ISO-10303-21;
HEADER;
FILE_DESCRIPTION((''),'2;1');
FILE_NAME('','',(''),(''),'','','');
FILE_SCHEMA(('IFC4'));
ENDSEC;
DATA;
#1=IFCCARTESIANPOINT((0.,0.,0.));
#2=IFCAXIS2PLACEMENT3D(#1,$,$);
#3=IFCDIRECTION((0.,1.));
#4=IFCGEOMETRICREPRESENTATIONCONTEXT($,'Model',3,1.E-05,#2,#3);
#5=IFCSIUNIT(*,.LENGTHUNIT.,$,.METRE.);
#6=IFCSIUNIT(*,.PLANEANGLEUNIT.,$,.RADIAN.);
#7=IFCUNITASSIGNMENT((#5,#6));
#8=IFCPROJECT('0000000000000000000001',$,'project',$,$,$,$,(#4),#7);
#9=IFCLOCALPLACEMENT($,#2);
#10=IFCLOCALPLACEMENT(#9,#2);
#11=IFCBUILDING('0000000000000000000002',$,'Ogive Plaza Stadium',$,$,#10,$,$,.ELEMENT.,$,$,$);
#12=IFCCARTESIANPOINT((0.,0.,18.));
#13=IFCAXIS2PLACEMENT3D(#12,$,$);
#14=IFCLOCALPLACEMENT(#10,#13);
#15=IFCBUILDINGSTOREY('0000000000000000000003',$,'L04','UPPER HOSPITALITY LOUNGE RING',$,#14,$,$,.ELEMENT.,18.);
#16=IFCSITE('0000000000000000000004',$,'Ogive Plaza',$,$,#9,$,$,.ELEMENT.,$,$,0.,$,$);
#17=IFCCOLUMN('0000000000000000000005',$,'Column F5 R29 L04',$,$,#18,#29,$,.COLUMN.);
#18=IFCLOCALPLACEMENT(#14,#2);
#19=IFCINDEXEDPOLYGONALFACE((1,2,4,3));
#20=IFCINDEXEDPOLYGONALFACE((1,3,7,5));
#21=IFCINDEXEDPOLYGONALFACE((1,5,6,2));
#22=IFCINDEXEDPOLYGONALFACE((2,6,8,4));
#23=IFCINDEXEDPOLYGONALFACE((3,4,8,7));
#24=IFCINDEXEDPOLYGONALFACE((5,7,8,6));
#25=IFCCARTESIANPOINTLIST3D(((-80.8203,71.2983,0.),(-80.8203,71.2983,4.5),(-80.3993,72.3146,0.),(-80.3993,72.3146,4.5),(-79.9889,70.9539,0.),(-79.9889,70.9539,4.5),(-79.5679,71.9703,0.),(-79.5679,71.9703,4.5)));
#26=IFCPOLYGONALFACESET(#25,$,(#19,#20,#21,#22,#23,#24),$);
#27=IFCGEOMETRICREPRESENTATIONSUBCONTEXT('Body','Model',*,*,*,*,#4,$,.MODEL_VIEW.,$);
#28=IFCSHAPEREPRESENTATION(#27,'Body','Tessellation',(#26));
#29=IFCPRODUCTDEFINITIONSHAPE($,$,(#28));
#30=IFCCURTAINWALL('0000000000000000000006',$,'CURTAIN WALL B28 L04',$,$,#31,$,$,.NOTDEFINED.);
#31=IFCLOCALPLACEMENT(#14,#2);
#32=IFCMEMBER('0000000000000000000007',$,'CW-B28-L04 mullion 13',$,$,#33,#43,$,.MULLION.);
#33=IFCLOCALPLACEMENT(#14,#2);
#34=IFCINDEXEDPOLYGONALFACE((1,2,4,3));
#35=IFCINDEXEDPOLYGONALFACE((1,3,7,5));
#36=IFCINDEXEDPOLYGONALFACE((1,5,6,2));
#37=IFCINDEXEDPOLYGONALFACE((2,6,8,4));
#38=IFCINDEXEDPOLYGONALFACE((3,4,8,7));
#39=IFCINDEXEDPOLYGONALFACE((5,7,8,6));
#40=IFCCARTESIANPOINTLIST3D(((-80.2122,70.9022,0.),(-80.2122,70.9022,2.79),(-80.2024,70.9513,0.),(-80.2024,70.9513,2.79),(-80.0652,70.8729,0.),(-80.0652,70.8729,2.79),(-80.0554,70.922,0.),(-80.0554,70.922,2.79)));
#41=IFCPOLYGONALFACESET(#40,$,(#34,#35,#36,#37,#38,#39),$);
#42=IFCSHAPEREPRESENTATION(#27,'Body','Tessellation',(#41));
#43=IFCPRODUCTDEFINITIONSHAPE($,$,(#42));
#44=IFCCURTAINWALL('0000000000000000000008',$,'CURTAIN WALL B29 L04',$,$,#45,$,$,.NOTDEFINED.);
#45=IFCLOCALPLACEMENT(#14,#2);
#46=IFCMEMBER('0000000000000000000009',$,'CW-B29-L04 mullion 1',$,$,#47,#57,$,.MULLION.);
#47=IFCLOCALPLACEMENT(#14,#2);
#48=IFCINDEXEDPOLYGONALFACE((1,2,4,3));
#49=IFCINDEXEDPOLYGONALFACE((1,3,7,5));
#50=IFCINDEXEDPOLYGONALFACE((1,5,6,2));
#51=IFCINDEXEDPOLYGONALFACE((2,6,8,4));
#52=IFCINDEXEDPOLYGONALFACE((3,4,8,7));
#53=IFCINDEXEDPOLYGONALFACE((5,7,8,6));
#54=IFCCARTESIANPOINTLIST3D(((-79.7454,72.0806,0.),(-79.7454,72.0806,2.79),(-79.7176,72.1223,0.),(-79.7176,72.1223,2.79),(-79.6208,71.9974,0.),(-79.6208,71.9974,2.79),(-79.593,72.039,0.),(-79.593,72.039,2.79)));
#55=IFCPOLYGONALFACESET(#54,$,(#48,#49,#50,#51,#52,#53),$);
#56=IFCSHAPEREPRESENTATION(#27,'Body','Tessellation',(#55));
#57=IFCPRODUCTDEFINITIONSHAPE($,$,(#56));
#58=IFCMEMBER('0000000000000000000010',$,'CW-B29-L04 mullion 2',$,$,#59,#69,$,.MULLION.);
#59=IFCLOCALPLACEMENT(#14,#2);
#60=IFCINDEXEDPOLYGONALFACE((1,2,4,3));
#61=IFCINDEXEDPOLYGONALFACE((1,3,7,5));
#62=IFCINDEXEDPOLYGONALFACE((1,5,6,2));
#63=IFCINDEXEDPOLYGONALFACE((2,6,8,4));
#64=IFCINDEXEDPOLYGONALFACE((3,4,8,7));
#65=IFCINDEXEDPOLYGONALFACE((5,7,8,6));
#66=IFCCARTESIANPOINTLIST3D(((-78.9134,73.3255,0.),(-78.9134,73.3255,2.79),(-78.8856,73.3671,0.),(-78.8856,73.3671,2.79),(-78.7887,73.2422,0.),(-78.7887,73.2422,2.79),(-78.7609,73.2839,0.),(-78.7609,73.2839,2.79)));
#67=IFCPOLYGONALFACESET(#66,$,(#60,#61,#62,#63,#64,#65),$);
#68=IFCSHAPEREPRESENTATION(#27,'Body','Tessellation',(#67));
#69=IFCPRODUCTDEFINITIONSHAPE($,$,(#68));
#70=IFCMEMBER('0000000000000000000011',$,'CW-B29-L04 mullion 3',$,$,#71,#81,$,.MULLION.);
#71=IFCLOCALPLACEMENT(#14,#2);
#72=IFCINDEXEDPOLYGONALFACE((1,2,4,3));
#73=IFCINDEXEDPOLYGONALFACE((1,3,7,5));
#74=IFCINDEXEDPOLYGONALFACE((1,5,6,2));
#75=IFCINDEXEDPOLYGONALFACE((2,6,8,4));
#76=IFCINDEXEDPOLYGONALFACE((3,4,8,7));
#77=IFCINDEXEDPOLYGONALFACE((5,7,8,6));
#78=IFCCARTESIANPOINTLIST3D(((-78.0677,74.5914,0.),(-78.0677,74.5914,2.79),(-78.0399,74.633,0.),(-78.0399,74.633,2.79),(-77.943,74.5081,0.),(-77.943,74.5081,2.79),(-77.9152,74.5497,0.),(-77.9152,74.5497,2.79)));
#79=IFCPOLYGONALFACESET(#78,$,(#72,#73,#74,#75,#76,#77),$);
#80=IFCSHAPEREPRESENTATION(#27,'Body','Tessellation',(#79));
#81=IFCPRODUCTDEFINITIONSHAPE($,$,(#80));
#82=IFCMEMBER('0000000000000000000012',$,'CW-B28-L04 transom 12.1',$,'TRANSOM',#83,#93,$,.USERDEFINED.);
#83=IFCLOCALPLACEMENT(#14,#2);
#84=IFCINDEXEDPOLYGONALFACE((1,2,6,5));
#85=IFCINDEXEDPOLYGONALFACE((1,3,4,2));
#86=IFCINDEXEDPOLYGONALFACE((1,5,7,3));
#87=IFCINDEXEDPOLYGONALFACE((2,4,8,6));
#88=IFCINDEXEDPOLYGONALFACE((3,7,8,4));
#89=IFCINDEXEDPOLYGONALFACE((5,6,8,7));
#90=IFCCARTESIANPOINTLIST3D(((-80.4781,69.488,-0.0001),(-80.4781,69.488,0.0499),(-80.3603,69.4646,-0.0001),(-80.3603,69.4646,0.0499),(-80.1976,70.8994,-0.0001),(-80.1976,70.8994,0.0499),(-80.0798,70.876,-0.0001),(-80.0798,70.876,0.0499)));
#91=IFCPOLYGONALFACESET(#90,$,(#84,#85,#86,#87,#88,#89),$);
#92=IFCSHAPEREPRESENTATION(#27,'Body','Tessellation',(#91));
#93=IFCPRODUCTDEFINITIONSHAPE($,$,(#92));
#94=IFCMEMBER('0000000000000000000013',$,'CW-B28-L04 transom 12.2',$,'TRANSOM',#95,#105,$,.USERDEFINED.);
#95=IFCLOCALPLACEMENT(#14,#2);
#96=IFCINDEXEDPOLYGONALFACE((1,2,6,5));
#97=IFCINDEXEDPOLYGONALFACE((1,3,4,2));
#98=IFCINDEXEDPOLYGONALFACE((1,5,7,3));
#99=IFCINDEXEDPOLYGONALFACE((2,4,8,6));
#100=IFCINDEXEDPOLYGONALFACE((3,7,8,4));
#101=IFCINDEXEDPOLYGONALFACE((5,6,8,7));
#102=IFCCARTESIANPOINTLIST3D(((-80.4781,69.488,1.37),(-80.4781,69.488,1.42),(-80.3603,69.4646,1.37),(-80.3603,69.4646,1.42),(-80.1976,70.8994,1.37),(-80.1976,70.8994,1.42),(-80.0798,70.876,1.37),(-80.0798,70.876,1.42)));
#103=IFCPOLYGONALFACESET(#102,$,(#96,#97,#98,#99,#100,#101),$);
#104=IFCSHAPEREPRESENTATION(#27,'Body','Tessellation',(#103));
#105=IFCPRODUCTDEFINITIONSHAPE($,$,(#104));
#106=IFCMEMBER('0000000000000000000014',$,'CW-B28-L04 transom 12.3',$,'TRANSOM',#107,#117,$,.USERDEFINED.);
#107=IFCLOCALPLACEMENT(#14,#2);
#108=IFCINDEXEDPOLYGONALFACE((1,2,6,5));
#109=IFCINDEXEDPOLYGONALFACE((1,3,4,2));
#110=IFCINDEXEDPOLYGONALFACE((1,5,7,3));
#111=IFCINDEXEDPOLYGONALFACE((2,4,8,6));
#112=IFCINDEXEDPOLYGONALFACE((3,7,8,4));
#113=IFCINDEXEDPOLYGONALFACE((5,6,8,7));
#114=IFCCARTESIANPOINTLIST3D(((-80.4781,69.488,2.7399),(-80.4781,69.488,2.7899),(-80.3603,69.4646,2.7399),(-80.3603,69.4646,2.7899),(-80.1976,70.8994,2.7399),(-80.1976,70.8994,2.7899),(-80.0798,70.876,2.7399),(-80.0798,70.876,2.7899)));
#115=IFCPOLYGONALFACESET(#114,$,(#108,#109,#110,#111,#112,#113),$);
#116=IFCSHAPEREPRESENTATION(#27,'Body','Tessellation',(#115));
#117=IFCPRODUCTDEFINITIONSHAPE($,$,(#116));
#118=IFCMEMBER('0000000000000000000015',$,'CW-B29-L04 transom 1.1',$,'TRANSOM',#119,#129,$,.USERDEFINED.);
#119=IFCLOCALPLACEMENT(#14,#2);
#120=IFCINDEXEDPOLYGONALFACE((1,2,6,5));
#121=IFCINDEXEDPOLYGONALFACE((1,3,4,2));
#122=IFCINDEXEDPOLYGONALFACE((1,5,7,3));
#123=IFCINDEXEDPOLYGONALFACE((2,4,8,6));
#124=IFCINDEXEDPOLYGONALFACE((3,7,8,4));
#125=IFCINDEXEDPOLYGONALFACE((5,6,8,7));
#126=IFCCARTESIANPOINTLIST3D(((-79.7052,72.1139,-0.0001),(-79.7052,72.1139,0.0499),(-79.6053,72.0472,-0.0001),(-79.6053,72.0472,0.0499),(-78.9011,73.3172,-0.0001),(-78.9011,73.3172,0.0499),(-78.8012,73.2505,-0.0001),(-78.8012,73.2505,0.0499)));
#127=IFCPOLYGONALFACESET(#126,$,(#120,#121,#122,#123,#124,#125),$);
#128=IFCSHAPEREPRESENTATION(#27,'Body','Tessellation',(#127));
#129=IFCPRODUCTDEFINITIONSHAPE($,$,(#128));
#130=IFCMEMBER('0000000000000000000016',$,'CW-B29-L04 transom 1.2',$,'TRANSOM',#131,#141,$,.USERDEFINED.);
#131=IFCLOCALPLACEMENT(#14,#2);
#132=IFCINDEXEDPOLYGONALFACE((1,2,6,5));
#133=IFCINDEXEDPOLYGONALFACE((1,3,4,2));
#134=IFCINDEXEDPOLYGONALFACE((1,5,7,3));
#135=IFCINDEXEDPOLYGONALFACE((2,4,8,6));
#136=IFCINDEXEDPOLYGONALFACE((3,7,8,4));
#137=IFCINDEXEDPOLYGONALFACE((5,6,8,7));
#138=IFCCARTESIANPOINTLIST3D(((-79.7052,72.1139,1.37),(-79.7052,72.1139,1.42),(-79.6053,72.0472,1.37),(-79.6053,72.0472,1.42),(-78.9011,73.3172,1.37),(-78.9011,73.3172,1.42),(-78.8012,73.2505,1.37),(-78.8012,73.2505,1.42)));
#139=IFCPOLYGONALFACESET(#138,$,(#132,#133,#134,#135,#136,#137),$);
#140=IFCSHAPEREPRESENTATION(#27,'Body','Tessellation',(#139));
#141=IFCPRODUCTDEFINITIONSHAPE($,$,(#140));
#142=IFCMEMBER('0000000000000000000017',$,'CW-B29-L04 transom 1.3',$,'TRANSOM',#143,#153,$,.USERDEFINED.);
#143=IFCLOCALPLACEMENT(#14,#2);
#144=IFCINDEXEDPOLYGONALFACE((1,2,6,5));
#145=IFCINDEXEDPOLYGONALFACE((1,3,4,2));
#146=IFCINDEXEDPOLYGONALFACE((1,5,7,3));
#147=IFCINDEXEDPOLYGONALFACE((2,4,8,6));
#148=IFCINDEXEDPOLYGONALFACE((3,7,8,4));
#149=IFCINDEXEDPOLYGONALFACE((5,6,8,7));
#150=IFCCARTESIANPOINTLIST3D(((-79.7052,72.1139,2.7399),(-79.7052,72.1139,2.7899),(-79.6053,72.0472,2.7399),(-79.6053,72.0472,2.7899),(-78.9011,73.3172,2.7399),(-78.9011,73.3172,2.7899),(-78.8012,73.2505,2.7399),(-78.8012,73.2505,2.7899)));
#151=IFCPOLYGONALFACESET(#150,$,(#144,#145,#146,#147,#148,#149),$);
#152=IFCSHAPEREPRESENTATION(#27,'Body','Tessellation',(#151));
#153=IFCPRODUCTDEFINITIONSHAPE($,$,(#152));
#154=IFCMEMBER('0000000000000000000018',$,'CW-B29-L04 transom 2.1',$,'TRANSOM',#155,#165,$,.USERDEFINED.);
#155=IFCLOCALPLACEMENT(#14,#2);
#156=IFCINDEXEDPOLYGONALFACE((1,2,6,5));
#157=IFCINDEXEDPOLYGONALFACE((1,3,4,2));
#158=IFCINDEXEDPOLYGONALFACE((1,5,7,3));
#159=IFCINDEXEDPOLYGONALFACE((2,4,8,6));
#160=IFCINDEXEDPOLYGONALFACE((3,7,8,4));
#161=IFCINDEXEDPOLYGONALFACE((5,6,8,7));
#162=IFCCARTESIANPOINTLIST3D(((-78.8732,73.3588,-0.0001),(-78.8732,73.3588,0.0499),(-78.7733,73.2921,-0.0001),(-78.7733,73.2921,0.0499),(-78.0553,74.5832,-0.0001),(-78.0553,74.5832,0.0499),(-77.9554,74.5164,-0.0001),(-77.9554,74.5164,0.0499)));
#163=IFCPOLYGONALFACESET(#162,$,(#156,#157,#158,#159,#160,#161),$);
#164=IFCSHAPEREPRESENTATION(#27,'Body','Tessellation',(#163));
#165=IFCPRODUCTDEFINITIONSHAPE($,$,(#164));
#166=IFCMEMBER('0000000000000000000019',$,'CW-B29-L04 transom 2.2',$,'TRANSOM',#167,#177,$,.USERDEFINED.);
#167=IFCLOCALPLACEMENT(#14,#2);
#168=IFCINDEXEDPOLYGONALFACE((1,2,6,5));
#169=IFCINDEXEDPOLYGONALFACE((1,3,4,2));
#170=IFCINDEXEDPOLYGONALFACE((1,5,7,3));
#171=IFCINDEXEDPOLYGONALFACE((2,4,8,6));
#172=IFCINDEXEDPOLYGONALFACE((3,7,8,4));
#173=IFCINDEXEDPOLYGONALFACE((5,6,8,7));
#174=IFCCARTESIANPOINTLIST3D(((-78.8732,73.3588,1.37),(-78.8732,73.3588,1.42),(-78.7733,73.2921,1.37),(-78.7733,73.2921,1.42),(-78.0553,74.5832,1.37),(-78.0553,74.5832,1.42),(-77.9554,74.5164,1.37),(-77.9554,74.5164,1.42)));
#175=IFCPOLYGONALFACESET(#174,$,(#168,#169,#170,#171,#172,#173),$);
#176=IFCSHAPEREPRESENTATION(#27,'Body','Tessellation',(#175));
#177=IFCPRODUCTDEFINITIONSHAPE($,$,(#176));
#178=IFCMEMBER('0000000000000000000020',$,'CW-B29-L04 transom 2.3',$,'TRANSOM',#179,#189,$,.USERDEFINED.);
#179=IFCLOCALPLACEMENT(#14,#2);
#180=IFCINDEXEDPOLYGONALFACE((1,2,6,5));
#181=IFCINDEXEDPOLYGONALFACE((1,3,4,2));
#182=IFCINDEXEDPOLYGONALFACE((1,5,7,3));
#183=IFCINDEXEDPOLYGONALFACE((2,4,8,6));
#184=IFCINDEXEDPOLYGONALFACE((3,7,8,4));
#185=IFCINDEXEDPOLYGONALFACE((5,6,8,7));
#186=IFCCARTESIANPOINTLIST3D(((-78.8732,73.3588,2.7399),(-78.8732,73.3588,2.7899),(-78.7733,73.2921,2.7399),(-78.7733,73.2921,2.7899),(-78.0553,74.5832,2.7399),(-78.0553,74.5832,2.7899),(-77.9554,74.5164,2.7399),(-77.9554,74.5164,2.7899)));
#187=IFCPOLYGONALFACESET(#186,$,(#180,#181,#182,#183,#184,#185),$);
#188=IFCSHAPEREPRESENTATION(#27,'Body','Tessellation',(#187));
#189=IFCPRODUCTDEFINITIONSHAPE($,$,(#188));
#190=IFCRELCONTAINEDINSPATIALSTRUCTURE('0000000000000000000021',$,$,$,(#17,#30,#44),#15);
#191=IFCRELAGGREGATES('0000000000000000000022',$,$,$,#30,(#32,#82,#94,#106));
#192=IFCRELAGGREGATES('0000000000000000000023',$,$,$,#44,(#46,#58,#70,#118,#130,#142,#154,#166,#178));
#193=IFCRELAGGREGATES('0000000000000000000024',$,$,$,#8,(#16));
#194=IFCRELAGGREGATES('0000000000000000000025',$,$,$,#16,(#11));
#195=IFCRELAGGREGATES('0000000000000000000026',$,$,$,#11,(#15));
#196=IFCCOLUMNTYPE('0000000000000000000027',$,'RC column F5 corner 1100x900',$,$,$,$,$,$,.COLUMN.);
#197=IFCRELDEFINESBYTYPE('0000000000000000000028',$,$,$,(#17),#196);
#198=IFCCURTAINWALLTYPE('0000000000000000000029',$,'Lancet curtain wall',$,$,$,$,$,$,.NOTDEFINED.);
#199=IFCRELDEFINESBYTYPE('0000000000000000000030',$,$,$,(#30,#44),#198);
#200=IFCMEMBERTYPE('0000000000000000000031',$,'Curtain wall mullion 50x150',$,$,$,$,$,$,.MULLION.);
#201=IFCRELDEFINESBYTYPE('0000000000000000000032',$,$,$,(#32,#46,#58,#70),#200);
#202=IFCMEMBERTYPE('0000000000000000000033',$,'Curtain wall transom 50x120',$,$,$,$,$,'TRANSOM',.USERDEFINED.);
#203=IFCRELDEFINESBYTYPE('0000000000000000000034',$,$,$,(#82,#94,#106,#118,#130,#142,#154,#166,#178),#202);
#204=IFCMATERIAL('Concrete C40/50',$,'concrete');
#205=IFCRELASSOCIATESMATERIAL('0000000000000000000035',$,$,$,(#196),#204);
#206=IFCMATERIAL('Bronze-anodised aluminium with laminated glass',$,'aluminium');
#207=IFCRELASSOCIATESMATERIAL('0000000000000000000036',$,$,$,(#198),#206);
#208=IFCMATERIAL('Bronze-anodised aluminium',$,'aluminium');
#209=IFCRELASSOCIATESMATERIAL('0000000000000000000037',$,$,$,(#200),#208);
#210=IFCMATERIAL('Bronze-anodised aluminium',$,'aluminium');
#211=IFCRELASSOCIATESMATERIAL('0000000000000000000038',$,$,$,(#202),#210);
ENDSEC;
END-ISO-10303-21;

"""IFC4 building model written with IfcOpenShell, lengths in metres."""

from ifc_helpers import new_model, si_unit, direction, frame, origin, origin_2d, place, context, subcontext, project, spatial, rectangle, extrude, material, material_profile, profile_set, type_object, element, aggregate, save


model = new_model("IFC4")

# Units and contexts
model_context = context("Model", 3, precision=1e-05, world=origin(), true_north=direction((0.0, 1.0)))
body_context = subcontext(model_context, "Body", "Model", "MODEL_VIEW")
ifc_project = project(units=[si_unit("LENGTHUNIT", "METRE"), si_unit("PLANEANGLEUNIT", "RADIAN")], contexts=[model_context])

# Site, building, storey
site_placement = place(None, origin())
site = spatial("IfcSite", under=ifc_project, at=site_placement, Name="Ogive Plaza", CompositionType="ELEMENT", RefElevation=0.0)
building_placement = place(site_placement, origin())
building = spatial("IfcBuilding", under=site, at=building_placement, Name="Ogive Plaza Stadium", CompositionType="ELEMENT")
storey_placement = place(building_placement, frame((0.0, 0.0, 18.0)))
storey = spatial("IfcBuildingStorey", under=building, at=storey_placement, Name="L04", Description="UPPER HOSPITALITY LOUNGE RING", CompositionType="ELEMENT", Elevation=18.0)

# Column
ifc_material_1 = material(Name="Concrete C40/50", Category="concrete")
ifc_material_profile_1 = material_profile(ifc_material_1, rectangle(XDim=1.1001, YDim=0.8999, at=origin_2d()), Name="RC 1100x900")
ifc_profile_set_1 = profile_set([ifc_material_profile_1], Name="Concrete C40/50")
column_type = type_object("IfcColumnType", Name="RC column F5 corner 1100x900", PredefinedType="COLUMN", material=ifc_profile_set_1)
column_placement = place(storey_placement, frame((-80.1941, 71.6343, 0.0), z_axis=(0.0, 0.0, 1.0), x_axis=(-0.382683, -0.92388, 0.0)))
element("IfcColumn", 1, at=column_placement, inside=storey, type_object=column_type, Name="Column F5 R29 L04", PredefinedType="COLUMN", context=body_context, shape_type="SweptSolid", body=[
    extrude(rectangle(XDim=1.1001, YDim=0.8999, at=origin_2d()), origin(), (0.0, 0.0, 1.0), 4.5),
])

# Curtain wall, member
ifc_material_2 = material(Name="Bronze-anodised aluminium with laminated glass", Category="aluminium")
curtain_wall_type = type_object("IfcCurtainWallType", Name="Lancet curtain wall", PredefinedType="NOTDEFINED", material=ifc_material_2)
curtain_wall_1_placement = place(storey_placement, origin())
curtain_wall_1 = element("IfcCurtainWall", 2, at=curtain_wall_1_placement, inside=storey, type_object=curtain_wall_type, Name="CURTAIN WALL B28 L04", PredefinedType="NOTDEFINED")
ifc_material_3 = material(Name="Bronze-anodised aluminium", Category="aluminium")
ifc_material_profile_2 = material_profile(ifc_material_3, rectangle(XDim=0.1499, YDim=0.05, at=origin_2d()), Name="AL 150x50")
ifc_profile_set_2 = profile_set([ifc_material_profile_2], Name="Bronze-anodised aluminium")
member_type_1 = type_object("IfcMemberType", Name="Curtain wall mullion 50x150", PredefinedType="MULLION", material=ifc_profile_set_2)
member_1_placement = place(storey_placement, frame((-80.1338, 70.9121, 0.0), z_axis=(0.0, 0.0, 1.0), x_axis=(-0.980785, 0.19509, 0.0)))
member_1 = element("IfcMember", 3, at=member_1_placement, type_object=member_type_1, Name="CW-B28-L04 mullion 13", PredefinedType="MULLION", context=body_context, shape_type="SweptSolid", body=[
    extrude(rectangle(XDim=0.1499, YDim=0.05, at=origin_2d()), origin(), (0.0, 0.0, 1.0), 2.79),
])

# Curtain wall, members
curtain_wall_2_placement = place(storey_placement, origin())
curtain_wall_2 = element("IfcCurtainWall", 4, at=curtain_wall_2_placement, inside=storey, type_object=curtain_wall_type, Name="CURTAIN WALL B29 L04", PredefinedType="NOTDEFINED")
member_2_placement = place(storey_placement, frame((-79.6692, 72.0598, 0.0), z_axis=(0.0, 0.0, 1.0), x_axis=(-0.83147, 0.55557, 0.0)))
member_2 = element("IfcMember", 5, at=member_2_placement, type_object=member_type_1, Name="CW-B29-L04 mullion 1", PredefinedType="MULLION", context=body_context, shape_type="SweptSolid", body=[
    extrude(rectangle(XDim=0.1499, YDim=0.05, at=origin_2d()), origin(), (0.0, 0.0, 1.0), 2.79),
])
member_3_placement = place(storey_placement, frame((-78.8372, 73.3047, 0.0), z_axis=(0.0, 0.0, 1.0), x_axis=(-0.83147, 0.55557, 0.0)))
member_3 = element("IfcMember", 6, at=member_3_placement, type_object=member_type_1, Name="CW-B29-L04 mullion 2", PredefinedType="MULLION", context=body_context, shape_type="SweptSolid", body=[
    extrude(rectangle(XDim=0.1499, YDim=0.05, at=origin_2d()), origin(), (0.0, 0.0, 1.0), 2.79),
])
member_4_placement = place(storey_placement, frame((-77.9915, 74.5706, 0.0), z_axis=(0.0, 0.0, 1.0), x_axis=(-0.83147, 0.55557, 0.0)))
member_4 = element("IfcMember", 7, at=member_4_placement, type_object=member_type_1, Name="CW-B29-L04 mullion 3", PredefinedType="MULLION", context=body_context, shape_type="SweptSolid", body=[
    extrude(rectangle(XDim=0.1499, YDim=0.05, at=origin_2d()), origin(), (0.0, 0.0, 1.0), 2.79),
])

# Members
ifc_material_4 = material(Name="Bronze-anodised aluminium", Category="aluminium")
ifc_material_profile_3 = material_profile(ifc_material_4, rectangle(XDim=0.1201, YDim=0.05, at=origin_2d()), Name="AL 120x50")
ifc_profile_set_3 = profile_set([ifc_material_profile_3], Name="Bronze-anodised aluminium")
member_type_2 = type_object("IfcMemberType", Name="Curtain wall transom 50x120", ElementType="TRANSOM", PredefinedType="USERDEFINED", material=ifc_profile_set_3)
member_5_placement = place(storey_placement, frame((-80.4192, 69.4763, 0.0249), z_axis=(0.194941, 0.980815, 0.0), x_axis=(-0.980815, 0.194941, 0.0)))
member_5 = element("IfcMember", 8, at=member_5_placement, type_object=member_type_2, Name="CW-B28-L04 transom 12.1", ObjectType="TRANSOM", PredefinedType="USERDEFINED", context=body_context, shape_type="SweptSolid", body=[
    extrude(rectangle(XDim=0.1201, YDim=0.05, at=origin_2d()), origin(), (0.0, 0.0, 1.0), 1.439),
])
member_6_placement = place(storey_placement, frame((-80.4192, 69.4763, 1.395), z_axis=(0.194941, 0.980815, 0.0), x_axis=(-0.980815, 0.194941, 0.0)))
member_6 = element("IfcMember", 9, at=member_6_placement, type_object=member_type_2, Name="CW-B28-L04 transom 12.2", ObjectType="TRANSOM", PredefinedType="USERDEFINED", context=body_context, shape_type="SweptSolid", body=[
    extrude(rectangle(XDim=0.1201, YDim=0.05, at=origin_2d()), origin(), (0.0, 0.0, 1.0), 1.439),
])
member_7_placement = place(storey_placement, frame((-80.4192, 69.4763, 2.7649), z_axis=(0.194941, 0.980815, 0.0), x_axis=(-0.980815, 0.194941, 0.0)))
member_7 = element("IfcMember", 10, at=member_7_placement, type_object=member_type_2, Name="CW-B28-L04 transom 12.3", ObjectType="TRANSOM", PredefinedType="USERDEFINED", context=body_context, shape_type="SweptSolid", body=[
    extrude(rectangle(XDim=0.1201, YDim=0.05, at=origin_2d()), origin(), (0.0, 0.0, 1.0), 1.439),
])
member_8_placement = place(storey_placement, frame((-79.6553, 72.0806, 0.0249), z_axis=(0.555634, 0.831427, 0.0), x_axis=(-0.831427, 0.555634, 0.0)))
member_8 = element("IfcMember", 11, at=member_8_placement, type_object=member_type_2, Name="CW-B29-L04 transom 1.1", ObjectType="TRANSOM", PredefinedType="USERDEFINED", context=body_context, shape_type="SweptSolid", body=[
    extrude(rectangle(XDim=0.1201, YDim=0.05, at=origin_2d()), origin(), (0.0, 0.0, 1.0), 1.4473),
])
member_9_placement = place(storey_placement, frame((-79.6553, 72.0806, 1.395), z_axis=(0.555634, 0.831427, 0.0), x_axis=(-0.831427, 0.555634, 0.0)))
member_9 = element("IfcMember", 12, at=member_9_placement, type_object=member_type_2, Name="CW-B29-L04 transom 1.2", ObjectType="TRANSOM", PredefinedType="USERDEFINED", context=body_context, shape_type="SweptSolid", body=[
    extrude(rectangle(XDim=0.1201, YDim=0.05, at=origin_2d()), origin(), (0.0, 0.0, 1.0), 1.4473),
])
member_10_placement = place(storey_placement, frame((-79.6553, 72.0806, 2.7649), z_axis=(0.555634, 0.831427, 0.0), x_axis=(-0.831427, 0.555634, 0.0)))
member_10 = element("IfcMember", 13, at=member_10_placement, type_object=member_type_2, Name="CW-B29-L04 transom 1.3", ObjectType="TRANSOM", PredefinedType="USERDEFINED", context=body_context, shape_type="SweptSolid", body=[
    extrude(rectangle(XDim=0.1201, YDim=0.05, at=origin_2d()), origin(), (0.0, 0.0, 1.0), 1.4473),
])
member_11_placement = place(storey_placement, frame((-78.8232, 73.3254, 0.0249), z_axis=(0.555465, 0.83154, 0.0), x_axis=(-0.83154, 0.555465, 0.0)))
member_11 = element("IfcMember", 14, at=member_11_placement, type_object=member_type_2, Name="CW-B29-L04 transom 2.1", ObjectType="TRANSOM", PredefinedType="USERDEFINED", context=body_context, shape_type="SweptSolid", body=[
    extrude(rectangle(XDim=0.1201, YDim=0.05, at=origin_2d()), origin(), (0.0, 0.0, 1.0), 1.4724),
])
member_12_placement = place(storey_placement, frame((-78.8232, 73.3254, 1.395), z_axis=(0.555465, 0.83154, 0.0), x_axis=(-0.83154, 0.555465, 0.0)))
member_12 = element("IfcMember", 15, at=member_12_placement, type_object=member_type_2, Name="CW-B29-L04 transom 2.2", ObjectType="TRANSOM", PredefinedType="USERDEFINED", context=body_context, shape_type="SweptSolid", body=[
    extrude(rectangle(XDim=0.1201, YDim=0.05, at=origin_2d()), origin(), (0.0, 0.0, 1.0), 1.4724),
])
member_13_placement = place(storey_placement, frame((-78.8232, 73.3254, 2.7649), z_axis=(0.555465, 0.83154, 0.0), x_axis=(-0.83154, 0.555465, 0.0)))
member_13 = element("IfcMember", 16, at=member_13_placement, type_object=member_type_2, Name="CW-B29-L04 transom 2.3", ObjectType="TRANSOM", PredefinedType="USERDEFINED", context=body_context, shape_type="SweptSolid", body=[
    extrude(rectangle(XDim=0.1201, YDim=0.05, at=origin_2d()), origin(), (0.0, 0.0, 1.0), 1.4724),
])

aggregate(curtain_wall_1, [member_1, member_5, member_6, member_7])
aggregate(curtain_wall_2, [member_2, member_3, member_4, member_8, member_9, member_10, member_11, member_12, member_13])

save(model, "model.ifc")
